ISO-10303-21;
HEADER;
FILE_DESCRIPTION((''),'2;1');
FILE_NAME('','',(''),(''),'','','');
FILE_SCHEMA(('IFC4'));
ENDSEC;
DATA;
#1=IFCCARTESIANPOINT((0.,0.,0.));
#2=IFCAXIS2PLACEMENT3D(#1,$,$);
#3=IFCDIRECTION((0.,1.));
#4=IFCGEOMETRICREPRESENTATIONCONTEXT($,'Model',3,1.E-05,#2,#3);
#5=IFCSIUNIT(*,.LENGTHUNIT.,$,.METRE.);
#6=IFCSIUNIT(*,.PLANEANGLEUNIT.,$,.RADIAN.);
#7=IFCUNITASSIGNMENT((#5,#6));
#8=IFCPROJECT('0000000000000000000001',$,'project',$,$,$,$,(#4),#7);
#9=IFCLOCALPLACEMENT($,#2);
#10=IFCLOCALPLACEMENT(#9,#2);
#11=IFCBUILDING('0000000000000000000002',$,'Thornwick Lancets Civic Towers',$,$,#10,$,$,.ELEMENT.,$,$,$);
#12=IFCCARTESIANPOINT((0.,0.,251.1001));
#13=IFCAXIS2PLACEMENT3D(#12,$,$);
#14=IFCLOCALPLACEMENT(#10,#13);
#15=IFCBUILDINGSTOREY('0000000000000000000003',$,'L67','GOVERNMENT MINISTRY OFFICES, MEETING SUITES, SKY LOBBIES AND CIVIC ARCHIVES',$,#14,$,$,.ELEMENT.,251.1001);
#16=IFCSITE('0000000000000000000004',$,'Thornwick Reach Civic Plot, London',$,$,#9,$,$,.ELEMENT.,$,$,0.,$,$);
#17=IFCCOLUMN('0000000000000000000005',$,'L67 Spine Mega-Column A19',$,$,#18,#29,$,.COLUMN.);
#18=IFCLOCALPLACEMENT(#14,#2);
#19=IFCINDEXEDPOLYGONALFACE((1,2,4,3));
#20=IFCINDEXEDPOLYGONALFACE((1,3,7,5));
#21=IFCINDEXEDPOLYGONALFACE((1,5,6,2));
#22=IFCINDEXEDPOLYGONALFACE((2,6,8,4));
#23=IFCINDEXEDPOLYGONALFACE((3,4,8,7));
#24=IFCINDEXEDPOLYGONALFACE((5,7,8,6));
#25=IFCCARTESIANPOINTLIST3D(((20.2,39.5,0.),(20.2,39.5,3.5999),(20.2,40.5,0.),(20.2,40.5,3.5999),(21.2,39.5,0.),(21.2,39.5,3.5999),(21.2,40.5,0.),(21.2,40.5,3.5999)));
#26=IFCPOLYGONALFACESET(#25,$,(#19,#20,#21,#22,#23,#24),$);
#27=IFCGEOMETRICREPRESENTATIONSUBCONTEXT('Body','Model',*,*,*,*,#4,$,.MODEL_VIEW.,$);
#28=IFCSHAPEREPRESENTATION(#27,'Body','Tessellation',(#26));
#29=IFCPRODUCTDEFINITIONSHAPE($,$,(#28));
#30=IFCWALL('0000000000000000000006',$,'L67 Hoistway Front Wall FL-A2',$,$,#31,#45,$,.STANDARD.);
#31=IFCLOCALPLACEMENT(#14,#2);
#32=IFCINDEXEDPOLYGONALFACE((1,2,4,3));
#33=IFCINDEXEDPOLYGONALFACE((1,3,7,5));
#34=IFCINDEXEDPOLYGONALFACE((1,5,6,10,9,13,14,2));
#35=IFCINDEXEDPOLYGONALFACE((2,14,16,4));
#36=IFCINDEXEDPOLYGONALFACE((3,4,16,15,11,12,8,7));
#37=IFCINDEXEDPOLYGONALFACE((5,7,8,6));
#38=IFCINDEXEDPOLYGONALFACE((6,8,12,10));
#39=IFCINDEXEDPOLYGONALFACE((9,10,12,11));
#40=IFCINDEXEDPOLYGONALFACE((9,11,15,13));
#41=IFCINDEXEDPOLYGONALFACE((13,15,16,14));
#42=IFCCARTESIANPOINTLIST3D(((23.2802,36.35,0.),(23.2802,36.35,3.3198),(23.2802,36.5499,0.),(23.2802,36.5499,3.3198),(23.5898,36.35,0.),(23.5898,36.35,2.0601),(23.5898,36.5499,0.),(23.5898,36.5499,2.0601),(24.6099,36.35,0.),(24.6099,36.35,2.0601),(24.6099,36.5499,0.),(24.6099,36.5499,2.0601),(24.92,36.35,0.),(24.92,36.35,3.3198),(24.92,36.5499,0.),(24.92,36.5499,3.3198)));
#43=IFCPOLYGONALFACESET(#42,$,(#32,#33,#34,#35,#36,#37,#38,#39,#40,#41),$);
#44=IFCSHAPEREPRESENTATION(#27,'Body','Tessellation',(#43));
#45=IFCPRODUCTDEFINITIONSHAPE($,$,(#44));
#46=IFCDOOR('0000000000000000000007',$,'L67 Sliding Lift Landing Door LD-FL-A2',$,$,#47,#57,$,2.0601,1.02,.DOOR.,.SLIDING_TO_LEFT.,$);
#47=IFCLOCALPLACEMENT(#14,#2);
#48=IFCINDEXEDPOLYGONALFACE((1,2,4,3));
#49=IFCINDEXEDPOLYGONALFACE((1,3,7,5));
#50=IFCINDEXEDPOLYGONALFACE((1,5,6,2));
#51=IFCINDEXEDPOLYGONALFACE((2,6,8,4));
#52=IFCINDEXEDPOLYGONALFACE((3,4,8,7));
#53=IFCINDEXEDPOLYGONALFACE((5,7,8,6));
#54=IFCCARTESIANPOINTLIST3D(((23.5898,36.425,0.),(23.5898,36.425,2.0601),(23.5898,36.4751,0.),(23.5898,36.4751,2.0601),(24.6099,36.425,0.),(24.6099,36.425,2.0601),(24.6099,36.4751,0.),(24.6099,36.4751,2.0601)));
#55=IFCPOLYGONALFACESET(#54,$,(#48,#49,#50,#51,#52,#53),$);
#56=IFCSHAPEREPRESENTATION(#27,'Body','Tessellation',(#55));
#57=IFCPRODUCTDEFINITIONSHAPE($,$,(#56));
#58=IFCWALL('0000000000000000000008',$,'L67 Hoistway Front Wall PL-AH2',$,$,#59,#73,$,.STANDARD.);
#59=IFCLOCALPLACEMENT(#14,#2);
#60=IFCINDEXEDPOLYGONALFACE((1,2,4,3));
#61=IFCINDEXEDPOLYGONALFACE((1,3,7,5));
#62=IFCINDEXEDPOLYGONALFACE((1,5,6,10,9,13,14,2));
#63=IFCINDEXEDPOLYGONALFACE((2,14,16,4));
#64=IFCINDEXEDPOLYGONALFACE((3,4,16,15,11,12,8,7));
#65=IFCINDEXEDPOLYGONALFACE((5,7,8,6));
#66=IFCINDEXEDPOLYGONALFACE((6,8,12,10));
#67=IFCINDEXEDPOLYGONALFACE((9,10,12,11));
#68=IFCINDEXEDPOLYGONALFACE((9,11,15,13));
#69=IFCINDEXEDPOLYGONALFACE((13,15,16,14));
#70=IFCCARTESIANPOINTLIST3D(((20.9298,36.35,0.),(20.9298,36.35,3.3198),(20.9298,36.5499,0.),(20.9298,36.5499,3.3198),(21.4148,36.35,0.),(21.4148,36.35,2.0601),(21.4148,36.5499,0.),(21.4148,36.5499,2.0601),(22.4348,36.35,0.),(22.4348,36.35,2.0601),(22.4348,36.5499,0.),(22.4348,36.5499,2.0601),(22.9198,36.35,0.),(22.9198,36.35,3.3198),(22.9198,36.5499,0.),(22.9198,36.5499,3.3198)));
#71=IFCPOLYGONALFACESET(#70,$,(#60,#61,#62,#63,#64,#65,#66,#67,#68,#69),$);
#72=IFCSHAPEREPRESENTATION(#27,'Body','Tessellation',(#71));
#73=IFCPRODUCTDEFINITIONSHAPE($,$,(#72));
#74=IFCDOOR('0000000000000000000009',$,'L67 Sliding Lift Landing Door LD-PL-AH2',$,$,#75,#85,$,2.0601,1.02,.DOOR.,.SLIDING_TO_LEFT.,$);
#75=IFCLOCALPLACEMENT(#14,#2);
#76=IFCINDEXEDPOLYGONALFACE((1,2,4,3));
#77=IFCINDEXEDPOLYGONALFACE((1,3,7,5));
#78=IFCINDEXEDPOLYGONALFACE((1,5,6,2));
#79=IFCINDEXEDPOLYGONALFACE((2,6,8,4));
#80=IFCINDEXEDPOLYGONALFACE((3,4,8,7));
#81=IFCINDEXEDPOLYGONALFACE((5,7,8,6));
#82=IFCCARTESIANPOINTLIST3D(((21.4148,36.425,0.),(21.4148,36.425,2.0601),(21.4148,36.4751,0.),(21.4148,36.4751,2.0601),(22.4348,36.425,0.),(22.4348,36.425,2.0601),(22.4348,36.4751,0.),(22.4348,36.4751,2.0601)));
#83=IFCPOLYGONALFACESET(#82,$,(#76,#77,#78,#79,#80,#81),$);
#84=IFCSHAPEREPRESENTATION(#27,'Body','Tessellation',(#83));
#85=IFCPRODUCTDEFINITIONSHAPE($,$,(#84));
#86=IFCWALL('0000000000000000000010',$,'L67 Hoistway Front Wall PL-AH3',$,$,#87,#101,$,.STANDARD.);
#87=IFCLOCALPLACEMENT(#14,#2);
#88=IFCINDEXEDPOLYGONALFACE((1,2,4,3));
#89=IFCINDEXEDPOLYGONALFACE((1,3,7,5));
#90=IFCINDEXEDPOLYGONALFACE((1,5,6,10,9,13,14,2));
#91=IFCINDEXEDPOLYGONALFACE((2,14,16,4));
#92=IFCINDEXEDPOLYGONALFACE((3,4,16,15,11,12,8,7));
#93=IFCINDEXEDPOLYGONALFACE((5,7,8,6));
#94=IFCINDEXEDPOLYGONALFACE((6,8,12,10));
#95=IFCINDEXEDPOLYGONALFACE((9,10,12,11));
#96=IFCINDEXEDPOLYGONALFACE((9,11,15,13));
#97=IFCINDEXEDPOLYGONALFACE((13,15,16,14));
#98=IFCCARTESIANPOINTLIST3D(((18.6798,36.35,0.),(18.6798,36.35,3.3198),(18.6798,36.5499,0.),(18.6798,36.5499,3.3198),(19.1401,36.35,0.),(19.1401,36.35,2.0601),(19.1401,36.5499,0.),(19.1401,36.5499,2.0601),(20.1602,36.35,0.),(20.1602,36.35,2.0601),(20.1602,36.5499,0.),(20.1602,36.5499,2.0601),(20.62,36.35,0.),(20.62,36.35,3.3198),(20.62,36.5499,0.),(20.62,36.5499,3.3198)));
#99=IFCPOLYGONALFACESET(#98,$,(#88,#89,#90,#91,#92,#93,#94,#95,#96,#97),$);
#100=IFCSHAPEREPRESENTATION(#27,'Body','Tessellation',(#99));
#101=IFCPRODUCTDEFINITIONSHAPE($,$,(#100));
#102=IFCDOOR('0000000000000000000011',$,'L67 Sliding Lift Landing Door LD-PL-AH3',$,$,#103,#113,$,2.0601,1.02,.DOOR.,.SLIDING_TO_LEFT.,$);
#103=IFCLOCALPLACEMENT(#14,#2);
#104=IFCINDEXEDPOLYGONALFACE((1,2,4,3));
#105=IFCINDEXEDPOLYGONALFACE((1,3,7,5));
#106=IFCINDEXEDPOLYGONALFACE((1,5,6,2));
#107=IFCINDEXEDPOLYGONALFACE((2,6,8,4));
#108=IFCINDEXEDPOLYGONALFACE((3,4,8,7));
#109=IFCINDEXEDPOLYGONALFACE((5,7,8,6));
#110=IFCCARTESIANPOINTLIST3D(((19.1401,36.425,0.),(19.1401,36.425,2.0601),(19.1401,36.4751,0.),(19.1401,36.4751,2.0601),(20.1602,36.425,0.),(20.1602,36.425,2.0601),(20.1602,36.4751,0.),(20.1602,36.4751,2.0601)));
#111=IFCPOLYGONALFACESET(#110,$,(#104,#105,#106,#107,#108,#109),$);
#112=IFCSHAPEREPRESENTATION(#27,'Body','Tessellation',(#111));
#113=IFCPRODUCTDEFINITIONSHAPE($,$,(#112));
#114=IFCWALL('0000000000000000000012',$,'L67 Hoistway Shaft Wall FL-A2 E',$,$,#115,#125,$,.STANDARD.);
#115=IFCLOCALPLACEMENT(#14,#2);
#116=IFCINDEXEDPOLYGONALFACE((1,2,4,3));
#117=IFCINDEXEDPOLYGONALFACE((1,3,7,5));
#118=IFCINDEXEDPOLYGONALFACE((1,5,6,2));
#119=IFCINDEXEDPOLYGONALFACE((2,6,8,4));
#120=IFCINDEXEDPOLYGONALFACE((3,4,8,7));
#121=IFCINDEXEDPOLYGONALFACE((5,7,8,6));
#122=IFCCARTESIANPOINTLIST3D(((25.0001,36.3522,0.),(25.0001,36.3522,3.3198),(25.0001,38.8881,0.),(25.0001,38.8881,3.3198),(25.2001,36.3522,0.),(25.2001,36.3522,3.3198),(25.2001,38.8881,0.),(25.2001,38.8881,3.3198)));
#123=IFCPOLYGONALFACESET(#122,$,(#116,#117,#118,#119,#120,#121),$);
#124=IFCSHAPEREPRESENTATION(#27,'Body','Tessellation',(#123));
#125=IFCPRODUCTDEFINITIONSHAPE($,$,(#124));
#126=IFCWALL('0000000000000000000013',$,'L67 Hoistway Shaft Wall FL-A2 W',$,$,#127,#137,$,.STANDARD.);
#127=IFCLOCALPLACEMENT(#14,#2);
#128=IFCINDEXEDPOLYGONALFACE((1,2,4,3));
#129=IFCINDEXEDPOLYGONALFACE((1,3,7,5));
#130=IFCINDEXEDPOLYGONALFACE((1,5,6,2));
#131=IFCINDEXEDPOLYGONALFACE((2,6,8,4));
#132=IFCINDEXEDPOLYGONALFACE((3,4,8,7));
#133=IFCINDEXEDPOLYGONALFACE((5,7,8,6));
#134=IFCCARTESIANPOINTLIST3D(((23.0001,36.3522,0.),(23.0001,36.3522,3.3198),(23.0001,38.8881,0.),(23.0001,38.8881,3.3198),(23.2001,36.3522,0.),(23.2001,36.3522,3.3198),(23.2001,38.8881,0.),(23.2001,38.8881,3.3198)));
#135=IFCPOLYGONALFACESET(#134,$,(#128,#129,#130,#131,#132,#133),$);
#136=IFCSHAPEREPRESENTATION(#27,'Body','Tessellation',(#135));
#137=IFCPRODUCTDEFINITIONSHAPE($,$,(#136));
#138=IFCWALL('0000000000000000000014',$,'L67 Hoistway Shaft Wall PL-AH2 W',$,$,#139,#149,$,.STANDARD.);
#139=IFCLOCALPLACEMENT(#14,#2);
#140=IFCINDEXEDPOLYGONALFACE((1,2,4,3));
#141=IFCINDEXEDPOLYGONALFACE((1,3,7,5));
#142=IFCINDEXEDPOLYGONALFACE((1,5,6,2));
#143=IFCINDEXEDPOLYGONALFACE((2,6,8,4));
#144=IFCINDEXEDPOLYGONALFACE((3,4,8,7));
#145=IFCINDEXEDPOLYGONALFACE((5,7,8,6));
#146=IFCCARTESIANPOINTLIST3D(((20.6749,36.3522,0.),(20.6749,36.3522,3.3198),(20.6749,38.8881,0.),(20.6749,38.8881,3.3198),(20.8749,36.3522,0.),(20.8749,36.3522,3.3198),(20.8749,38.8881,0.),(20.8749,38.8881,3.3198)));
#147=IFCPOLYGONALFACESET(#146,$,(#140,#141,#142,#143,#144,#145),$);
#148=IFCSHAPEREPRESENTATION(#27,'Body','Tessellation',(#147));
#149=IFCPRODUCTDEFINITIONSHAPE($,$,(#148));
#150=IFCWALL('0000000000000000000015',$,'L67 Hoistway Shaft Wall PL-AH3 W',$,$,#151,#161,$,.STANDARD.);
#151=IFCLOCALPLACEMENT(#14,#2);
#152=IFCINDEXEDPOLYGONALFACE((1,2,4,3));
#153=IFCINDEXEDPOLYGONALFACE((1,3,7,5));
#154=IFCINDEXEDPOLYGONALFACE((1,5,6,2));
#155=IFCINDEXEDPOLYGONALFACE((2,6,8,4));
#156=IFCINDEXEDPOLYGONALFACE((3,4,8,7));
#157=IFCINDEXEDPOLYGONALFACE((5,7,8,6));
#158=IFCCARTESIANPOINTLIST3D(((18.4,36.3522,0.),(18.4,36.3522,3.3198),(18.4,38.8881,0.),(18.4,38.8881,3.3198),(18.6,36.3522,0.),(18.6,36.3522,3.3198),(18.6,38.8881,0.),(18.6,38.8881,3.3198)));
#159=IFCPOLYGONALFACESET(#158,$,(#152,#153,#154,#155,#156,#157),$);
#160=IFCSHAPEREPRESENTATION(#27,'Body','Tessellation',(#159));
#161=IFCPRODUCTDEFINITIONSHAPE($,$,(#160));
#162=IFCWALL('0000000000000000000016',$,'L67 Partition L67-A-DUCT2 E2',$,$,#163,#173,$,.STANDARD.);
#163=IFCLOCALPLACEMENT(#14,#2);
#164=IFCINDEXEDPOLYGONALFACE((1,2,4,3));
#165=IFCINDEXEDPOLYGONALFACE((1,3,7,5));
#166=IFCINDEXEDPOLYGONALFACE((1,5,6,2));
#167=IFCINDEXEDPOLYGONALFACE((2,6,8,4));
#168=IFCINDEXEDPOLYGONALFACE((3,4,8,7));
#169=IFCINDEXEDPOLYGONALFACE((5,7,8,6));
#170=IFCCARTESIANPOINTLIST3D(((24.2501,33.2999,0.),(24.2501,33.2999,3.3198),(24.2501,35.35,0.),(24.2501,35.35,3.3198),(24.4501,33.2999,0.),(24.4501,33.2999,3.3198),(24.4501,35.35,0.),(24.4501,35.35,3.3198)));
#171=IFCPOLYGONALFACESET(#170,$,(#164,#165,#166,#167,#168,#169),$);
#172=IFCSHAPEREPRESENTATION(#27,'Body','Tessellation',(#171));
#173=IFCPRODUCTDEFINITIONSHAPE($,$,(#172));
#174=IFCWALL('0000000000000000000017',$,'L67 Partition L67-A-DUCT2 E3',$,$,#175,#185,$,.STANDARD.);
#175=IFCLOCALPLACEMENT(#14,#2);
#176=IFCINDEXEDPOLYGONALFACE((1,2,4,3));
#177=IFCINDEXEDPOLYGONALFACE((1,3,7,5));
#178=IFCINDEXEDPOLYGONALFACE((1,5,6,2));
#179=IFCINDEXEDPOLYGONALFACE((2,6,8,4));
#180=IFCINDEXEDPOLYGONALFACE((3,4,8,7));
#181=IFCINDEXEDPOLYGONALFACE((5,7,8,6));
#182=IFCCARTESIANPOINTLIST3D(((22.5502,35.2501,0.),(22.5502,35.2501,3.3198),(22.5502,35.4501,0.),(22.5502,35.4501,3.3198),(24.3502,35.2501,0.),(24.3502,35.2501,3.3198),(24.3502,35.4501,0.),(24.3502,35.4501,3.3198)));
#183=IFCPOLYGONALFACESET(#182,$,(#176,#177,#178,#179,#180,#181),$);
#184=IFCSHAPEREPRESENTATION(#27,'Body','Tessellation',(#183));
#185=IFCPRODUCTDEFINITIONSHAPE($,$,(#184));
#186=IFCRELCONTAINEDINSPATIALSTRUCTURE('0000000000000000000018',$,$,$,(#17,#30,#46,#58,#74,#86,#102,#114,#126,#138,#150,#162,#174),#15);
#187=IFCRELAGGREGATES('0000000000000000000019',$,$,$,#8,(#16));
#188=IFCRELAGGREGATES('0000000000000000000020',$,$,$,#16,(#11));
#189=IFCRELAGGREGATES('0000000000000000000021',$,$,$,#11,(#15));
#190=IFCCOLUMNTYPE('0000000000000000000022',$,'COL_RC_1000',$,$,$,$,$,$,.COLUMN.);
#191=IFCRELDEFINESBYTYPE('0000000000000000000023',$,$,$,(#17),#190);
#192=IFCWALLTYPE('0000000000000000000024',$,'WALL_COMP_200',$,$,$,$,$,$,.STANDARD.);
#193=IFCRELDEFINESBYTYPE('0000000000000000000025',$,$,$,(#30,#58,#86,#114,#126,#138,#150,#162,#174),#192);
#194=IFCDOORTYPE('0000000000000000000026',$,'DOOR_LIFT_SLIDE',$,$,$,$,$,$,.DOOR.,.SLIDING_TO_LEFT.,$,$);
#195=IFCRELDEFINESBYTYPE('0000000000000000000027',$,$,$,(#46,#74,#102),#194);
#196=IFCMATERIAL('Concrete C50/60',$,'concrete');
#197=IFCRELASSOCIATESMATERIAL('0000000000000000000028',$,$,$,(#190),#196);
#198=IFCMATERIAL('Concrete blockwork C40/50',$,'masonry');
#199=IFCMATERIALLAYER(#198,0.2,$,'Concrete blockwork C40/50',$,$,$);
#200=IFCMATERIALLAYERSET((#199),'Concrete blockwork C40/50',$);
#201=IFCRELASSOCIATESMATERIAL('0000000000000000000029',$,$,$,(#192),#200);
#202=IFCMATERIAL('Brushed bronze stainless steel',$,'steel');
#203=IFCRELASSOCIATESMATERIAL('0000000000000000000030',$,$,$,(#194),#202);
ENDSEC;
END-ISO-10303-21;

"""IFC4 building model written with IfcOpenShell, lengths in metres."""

from ifc_helpers import new_model, si_unit, direction, frame, frame_2d, origin, origin_2d, place, context, subcontext, project, spatial, rectangle, extrude, material, layer, layer_set, material_profile, profile_set, type_object, element, fill, save


model = new_model("IFC4")

# Units and contexts
model_context = context("Model", 3, precision=1e-05, world=origin(), true_north=direction((0.0, 1.0)))
body_context = subcontext(model_context, "Body", "Model", "MODEL_VIEW")
ifc_project = project(units=[si_unit("LENGTHUNIT", "METRE"), si_unit("PLANEANGLEUNIT", "RADIAN")], contexts=[model_context])

# Site, building, storey
site_placement = place(None, origin())
site = spatial("IfcSite", under=ifc_project, at=site_placement, Name="Thornwick Reach Civic Plot, London", CompositionType="ELEMENT", RefElevation=0.0)
building_placement = place(site_placement, origin())
building = spatial("IfcBuilding", under=site, at=building_placement, Name="Thornwick Lancets Civic Towers", CompositionType="ELEMENT")
storey_placement = place(building_placement, frame((0.0, 0.0, 251.1001)))
storey = spatial("IfcBuildingStorey", under=building, at=storey_placement, Name="L67", Description="GOVERNMENT MINISTRY OFFICES, MEETING SUITES, SKY LOBBIES AND CIVIC ARCHIVES", CompositionType="ELEMENT", Elevation=251.1001)

# Column
ifc_material_1 = material(Name="Concrete C50/60", Category="concrete")
ifc_material_profile = material_profile(ifc_material_1, rectangle(XDim=1.0, YDim=1.0, at=origin_2d()), Name="RC 1000x1000")
ifc_profile_set = profile_set([ifc_material_profile], Name="Concrete C50/60")
column_type = type_object("IfcColumnType", Name="COL_RC_1000", PredefinedType="COLUMN", material=ifc_profile_set)
column_placement = place(storey_placement, frame((20.7, 40.0, 0.0), z_axis=(0.0, 0.0, 1.0), x_axis=(1.0, 0.0, 0.0)))
element("IfcColumn", 1, at=column_placement, inside=storey, type_object=column_type, Name="L67 Spine Mega-Column A19", PredefinedType="COLUMN", context=body_context, shape_type="SweptSolid", body=[
    extrude(rectangle(XDim=1.0, YDim=1.0, at=origin_2d()), origin(), (0.0, 0.0, 1.0), 3.5999),
])

# Walls, openings, doors
ifc_material_2 = material(Name="Concrete blockwork C40/50", Category="masonry")
ifc_layer_1 = layer(ifc_material_2, 0.2, Name="Concrete blockwork C40/50")
ifc_layer_set_1 = layer_set([ifc_layer_1], Name="Concrete blockwork C40/50")
wall_type_1 = type_object("IfcWallType", Name="WALL_COMP_200", PredefinedType="STANDARD", material=ifc_layer_set_1)
wall_1_placement = place(storey_placement, frame((24.9199, 36.45, 0.0), z_axis=(0.0, 0.0, 1.0), x_axis=(-1.0, 0.0, 0.0)))
wall_1 = element("IfcWall", 2, at=wall_1_placement, inside=storey, type_object=wall_type_1, Name="L67 Hoistway Front Wall FL-A2", PredefinedType="STANDARD", context=body_context, shape_type="SweptSolid", body=[
    extrude(rectangle(XDim=1.6399, YDim=0.2, at=frame_2d((0.8198, 0.0))), origin(), (0.0, 0.0, 1.0), 3.3198),
])
opening_1_placement = place(wall_1_placement, frame((0.3101, 0.0, 0.0)))
opening_1 = element("IfcOpeningElement", 3, at=opening_1_placement, cuts=wall_1, PredefinedType="OPENING", context=body_context, shape_type="SweptSolid", body=[
    extrude(rectangle(XDim=1.02, YDim=2.0601, at=frame_2d((0.51, 1.03))), frame((0.0, 0.1099, 0.0), z_axis=(0.0, -1.0, 0.0), x_axis=(1.0, 0.0, 0.0)), (0.0, 0.0, 1.0), 0.22),
])
ifc_material_3 = material(Name="Brushed bronze stainless steel", Category="steel")
door_type_1 = type_object("IfcDoorType", Name="DOOR_LIFT_SLIDE", OperationType="SLIDING_TO_LEFT", PredefinedType="DOOR", material=ifc_material_3)
door_1_placement = place(opening_1_placement, origin())
door_1 = element("IfcDoor", 4, at=door_1_placement, inside=storey, type_object=door_type_1, Name="L67 Sliding Lift Landing Door LD-FL-A2", OperationType="SLIDING_TO_LEFT", OverallHeight=2.0601, OverallWidth=1.02, PredefinedType="DOOR", context=body_context, shape_type="SweptSolid", body=[
    extrude(rectangle(XDim=1.02, YDim=2.0601, at=frame_2d((0.51, 1.03))), frame((0.0, 0.0249, 0.0), z_axis=(0.0, -1.0, 0.0), x_axis=(1.0, 0.0, 0.0)), (0.0, 0.0, 1.0), 0.05),
])
fill(opening_1, door_1)
wall_2_placement = place(storey_placement, frame((22.9199, 36.45, 0.0), z_axis=(0.0, 0.0, 1.0), x_axis=(-1.0, 0.0, 0.0)))
wall_2 = element("IfcWall", 5, at=wall_2_placement, inside=storey, type_object=wall_type_1, Name="L67 Hoistway Front Wall PL-AH2", PredefinedType="STANDARD", context=body_context, shape_type="SweptSolid", body=[
    extrude(rectangle(XDim=1.99, YDim=0.2, at=frame_2d((0.9951, 0.0))), origin(), (0.0, 0.0, 1.0), 3.3198),
])
opening_2_placement = place(wall_2_placement, frame((0.4851, 0.0, 0.0)))
opening_2 = element("IfcOpeningElement", 6, at=opening_2_placement, cuts=wall_2, PredefinedType="OPENING", context=body_context, shape_type="SweptSolid", body=[
    extrude(rectangle(XDim=1.02, YDim=2.0601, at=frame_2d((0.51, 1.03))), frame((0.0, 0.1099, 0.0), z_axis=(0.0, -1.0, 0.0), x_axis=(1.0, 0.0, 0.0)), (0.0, 0.0, 1.0), 0.22),
])
door_2_placement = place(opening_2_placement, origin())
door_2 = element("IfcDoor", 7, at=door_2_placement, inside=storey, type_object=door_type_1, Name="L67 Sliding Lift Landing Door LD-PL-AH2", OperationType="SLIDING_TO_LEFT", OverallHeight=2.0601, OverallWidth=1.02, PredefinedType="DOOR", context=body_context, shape_type="SweptSolid", body=[
    extrude(rectangle(XDim=1.02, YDim=2.0601, at=frame_2d((0.51, 1.03))), frame((0.0, 0.0249, 0.0), z_axis=(0.0, -1.0, 0.0), x_axis=(1.0, 0.0, 0.0)), (0.0, 0.0, 1.0), 0.05),
])
fill(opening_2, door_2)
wall_3_placement = place(storey_placement, frame((20.6201, 36.45, 0.0), z_axis=(0.0, 0.0, 1.0), x_axis=(-1.0, 0.0, 0.0)))
wall_3 = element("IfcWall", 8, at=wall_3_placement, inside=storey, type_object=wall_type_1, Name="L67 Hoistway Front Wall PL-AH3", PredefinedType="STANDARD", context=body_context, shape_type="SweptSolid", body=[
    extrude(rectangle(XDim=1.9402, YDim=0.2, at=frame_2d((0.9702, 0.0))), origin(), (0.0, 0.0, 1.0), 3.3198),
])
opening_3_placement = place(wall_3_placement, frame((0.46, 0.0, 0.0)))
opening_3 = element("IfcOpeningElement", 9, at=opening_3_placement, cuts=wall_3, PredefinedType="OPENING", context=body_context, shape_type="SweptSolid", body=[
    extrude(rectangle(XDim=1.02, YDim=2.0601, at=frame_2d((0.51, 1.03))), frame((0.0, 0.1099, 0.0), z_axis=(0.0, -1.0, 0.0), x_axis=(1.0, 0.0, 0.0)), (0.0, 0.0, 1.0), 0.22),
])
door_3_placement = place(opening_3_placement, origin())
door_3 = element("IfcDoor", 10, at=door_3_placement, inside=storey, type_object=door_type_1, Name="L67 Sliding Lift Landing Door LD-PL-AH3", OperationType="SLIDING_TO_LEFT", OverallHeight=2.0601, OverallWidth=1.02, PredefinedType="DOOR", context=body_context, shape_type="SweptSolid", body=[
    extrude(rectangle(XDim=1.02, YDim=2.0601, at=frame_2d((0.51, 1.03))), frame((0.0, 0.0249, 0.0), z_axis=(0.0, -1.0, 0.0), x_axis=(1.0, 0.0, 0.0)), (0.0, 0.0, 1.0), 0.05),
])
fill(opening_3, door_3)

# Walls
for number, where, z_axis, x_axis, name in (
    (11, (25.1001, 36.3521, 0.0), (0.0, 0.0, 1.0), (0.0, 1.0, 0.0), "L67 Hoistway Shaft Wall FL-A2 E"),
    (12, (23.1001, 36.3521, 0.0), (0.0, 0.0, 1.0), (0.0, 1.0, 0.0), "L67 Hoistway Shaft Wall FL-A2 W"),
    (13, (20.7749, 36.3521, 0.0), (0.0, 0.0, 1.0), (0.0, 1.0, 0.0), "L67 Hoistway Shaft Wall PL-AH2 W"),
    (14, (18.5, 36.3521, 0.0), (0.0, 0.0, 1.0), (0.0, 1.0, 0.0), "L67 Hoistway Shaft Wall PL-AH3 W"),
):
    element("IfcWall", number, at=place(storey_placement, frame(where, z_axis=z_axis, x_axis=x_axis)), inside=storey, type_object=wall_type_1, Name=name, PredefinedType="STANDARD", context=body_context, shape_type="SweptSolid", body=[
        extrude(rectangle(XDim=2.5359, YDim=0.2, at=frame_2d((1.2681, 0.0))), origin(), (0.0, 0.0, 1.0), 3.3198),
    ])
wall_4_placement = place(storey_placement, frame((24.3501, 33.3, 0.0), z_axis=(0.0, 0.0, 1.0), x_axis=(0.0, 1.0, 0.0)))
element("IfcWall", 15, at=wall_4_placement, inside=storey, type_object=wall_type_1, Name="L67 Partition L67-A-DUCT2 E2", PredefinedType="STANDARD", context=body_context, shape_type="SweptSolid", body=[
    extrude(rectangle(XDim=2.05, YDim=0.2, at=frame_2d((1.0249, 0.0))), origin(), (0.0, 0.0, 1.0), 3.3198),
])
wall_5_placement = place(storey_placement, frame((24.3501, 35.3501, 0.0), z_axis=(0.0, 0.0, 1.0), x_axis=(-1.0, 0.0, 0.0)))
element("IfcWall", 16, at=wall_5_placement, inside=storey, type_object=wall_type_1, Name="L67 Partition L67-A-DUCT2 E3", PredefinedType="STANDARD", context=body_context, shape_type="SweptSolid", body=[
    extrude(rectangle(XDim=1.8, YDim=0.2, at=frame_2d((0.8999, 0.0))), origin(), (0.0, 0.0, 1.0), 3.3198),
])

save(model, "model.ifc")
